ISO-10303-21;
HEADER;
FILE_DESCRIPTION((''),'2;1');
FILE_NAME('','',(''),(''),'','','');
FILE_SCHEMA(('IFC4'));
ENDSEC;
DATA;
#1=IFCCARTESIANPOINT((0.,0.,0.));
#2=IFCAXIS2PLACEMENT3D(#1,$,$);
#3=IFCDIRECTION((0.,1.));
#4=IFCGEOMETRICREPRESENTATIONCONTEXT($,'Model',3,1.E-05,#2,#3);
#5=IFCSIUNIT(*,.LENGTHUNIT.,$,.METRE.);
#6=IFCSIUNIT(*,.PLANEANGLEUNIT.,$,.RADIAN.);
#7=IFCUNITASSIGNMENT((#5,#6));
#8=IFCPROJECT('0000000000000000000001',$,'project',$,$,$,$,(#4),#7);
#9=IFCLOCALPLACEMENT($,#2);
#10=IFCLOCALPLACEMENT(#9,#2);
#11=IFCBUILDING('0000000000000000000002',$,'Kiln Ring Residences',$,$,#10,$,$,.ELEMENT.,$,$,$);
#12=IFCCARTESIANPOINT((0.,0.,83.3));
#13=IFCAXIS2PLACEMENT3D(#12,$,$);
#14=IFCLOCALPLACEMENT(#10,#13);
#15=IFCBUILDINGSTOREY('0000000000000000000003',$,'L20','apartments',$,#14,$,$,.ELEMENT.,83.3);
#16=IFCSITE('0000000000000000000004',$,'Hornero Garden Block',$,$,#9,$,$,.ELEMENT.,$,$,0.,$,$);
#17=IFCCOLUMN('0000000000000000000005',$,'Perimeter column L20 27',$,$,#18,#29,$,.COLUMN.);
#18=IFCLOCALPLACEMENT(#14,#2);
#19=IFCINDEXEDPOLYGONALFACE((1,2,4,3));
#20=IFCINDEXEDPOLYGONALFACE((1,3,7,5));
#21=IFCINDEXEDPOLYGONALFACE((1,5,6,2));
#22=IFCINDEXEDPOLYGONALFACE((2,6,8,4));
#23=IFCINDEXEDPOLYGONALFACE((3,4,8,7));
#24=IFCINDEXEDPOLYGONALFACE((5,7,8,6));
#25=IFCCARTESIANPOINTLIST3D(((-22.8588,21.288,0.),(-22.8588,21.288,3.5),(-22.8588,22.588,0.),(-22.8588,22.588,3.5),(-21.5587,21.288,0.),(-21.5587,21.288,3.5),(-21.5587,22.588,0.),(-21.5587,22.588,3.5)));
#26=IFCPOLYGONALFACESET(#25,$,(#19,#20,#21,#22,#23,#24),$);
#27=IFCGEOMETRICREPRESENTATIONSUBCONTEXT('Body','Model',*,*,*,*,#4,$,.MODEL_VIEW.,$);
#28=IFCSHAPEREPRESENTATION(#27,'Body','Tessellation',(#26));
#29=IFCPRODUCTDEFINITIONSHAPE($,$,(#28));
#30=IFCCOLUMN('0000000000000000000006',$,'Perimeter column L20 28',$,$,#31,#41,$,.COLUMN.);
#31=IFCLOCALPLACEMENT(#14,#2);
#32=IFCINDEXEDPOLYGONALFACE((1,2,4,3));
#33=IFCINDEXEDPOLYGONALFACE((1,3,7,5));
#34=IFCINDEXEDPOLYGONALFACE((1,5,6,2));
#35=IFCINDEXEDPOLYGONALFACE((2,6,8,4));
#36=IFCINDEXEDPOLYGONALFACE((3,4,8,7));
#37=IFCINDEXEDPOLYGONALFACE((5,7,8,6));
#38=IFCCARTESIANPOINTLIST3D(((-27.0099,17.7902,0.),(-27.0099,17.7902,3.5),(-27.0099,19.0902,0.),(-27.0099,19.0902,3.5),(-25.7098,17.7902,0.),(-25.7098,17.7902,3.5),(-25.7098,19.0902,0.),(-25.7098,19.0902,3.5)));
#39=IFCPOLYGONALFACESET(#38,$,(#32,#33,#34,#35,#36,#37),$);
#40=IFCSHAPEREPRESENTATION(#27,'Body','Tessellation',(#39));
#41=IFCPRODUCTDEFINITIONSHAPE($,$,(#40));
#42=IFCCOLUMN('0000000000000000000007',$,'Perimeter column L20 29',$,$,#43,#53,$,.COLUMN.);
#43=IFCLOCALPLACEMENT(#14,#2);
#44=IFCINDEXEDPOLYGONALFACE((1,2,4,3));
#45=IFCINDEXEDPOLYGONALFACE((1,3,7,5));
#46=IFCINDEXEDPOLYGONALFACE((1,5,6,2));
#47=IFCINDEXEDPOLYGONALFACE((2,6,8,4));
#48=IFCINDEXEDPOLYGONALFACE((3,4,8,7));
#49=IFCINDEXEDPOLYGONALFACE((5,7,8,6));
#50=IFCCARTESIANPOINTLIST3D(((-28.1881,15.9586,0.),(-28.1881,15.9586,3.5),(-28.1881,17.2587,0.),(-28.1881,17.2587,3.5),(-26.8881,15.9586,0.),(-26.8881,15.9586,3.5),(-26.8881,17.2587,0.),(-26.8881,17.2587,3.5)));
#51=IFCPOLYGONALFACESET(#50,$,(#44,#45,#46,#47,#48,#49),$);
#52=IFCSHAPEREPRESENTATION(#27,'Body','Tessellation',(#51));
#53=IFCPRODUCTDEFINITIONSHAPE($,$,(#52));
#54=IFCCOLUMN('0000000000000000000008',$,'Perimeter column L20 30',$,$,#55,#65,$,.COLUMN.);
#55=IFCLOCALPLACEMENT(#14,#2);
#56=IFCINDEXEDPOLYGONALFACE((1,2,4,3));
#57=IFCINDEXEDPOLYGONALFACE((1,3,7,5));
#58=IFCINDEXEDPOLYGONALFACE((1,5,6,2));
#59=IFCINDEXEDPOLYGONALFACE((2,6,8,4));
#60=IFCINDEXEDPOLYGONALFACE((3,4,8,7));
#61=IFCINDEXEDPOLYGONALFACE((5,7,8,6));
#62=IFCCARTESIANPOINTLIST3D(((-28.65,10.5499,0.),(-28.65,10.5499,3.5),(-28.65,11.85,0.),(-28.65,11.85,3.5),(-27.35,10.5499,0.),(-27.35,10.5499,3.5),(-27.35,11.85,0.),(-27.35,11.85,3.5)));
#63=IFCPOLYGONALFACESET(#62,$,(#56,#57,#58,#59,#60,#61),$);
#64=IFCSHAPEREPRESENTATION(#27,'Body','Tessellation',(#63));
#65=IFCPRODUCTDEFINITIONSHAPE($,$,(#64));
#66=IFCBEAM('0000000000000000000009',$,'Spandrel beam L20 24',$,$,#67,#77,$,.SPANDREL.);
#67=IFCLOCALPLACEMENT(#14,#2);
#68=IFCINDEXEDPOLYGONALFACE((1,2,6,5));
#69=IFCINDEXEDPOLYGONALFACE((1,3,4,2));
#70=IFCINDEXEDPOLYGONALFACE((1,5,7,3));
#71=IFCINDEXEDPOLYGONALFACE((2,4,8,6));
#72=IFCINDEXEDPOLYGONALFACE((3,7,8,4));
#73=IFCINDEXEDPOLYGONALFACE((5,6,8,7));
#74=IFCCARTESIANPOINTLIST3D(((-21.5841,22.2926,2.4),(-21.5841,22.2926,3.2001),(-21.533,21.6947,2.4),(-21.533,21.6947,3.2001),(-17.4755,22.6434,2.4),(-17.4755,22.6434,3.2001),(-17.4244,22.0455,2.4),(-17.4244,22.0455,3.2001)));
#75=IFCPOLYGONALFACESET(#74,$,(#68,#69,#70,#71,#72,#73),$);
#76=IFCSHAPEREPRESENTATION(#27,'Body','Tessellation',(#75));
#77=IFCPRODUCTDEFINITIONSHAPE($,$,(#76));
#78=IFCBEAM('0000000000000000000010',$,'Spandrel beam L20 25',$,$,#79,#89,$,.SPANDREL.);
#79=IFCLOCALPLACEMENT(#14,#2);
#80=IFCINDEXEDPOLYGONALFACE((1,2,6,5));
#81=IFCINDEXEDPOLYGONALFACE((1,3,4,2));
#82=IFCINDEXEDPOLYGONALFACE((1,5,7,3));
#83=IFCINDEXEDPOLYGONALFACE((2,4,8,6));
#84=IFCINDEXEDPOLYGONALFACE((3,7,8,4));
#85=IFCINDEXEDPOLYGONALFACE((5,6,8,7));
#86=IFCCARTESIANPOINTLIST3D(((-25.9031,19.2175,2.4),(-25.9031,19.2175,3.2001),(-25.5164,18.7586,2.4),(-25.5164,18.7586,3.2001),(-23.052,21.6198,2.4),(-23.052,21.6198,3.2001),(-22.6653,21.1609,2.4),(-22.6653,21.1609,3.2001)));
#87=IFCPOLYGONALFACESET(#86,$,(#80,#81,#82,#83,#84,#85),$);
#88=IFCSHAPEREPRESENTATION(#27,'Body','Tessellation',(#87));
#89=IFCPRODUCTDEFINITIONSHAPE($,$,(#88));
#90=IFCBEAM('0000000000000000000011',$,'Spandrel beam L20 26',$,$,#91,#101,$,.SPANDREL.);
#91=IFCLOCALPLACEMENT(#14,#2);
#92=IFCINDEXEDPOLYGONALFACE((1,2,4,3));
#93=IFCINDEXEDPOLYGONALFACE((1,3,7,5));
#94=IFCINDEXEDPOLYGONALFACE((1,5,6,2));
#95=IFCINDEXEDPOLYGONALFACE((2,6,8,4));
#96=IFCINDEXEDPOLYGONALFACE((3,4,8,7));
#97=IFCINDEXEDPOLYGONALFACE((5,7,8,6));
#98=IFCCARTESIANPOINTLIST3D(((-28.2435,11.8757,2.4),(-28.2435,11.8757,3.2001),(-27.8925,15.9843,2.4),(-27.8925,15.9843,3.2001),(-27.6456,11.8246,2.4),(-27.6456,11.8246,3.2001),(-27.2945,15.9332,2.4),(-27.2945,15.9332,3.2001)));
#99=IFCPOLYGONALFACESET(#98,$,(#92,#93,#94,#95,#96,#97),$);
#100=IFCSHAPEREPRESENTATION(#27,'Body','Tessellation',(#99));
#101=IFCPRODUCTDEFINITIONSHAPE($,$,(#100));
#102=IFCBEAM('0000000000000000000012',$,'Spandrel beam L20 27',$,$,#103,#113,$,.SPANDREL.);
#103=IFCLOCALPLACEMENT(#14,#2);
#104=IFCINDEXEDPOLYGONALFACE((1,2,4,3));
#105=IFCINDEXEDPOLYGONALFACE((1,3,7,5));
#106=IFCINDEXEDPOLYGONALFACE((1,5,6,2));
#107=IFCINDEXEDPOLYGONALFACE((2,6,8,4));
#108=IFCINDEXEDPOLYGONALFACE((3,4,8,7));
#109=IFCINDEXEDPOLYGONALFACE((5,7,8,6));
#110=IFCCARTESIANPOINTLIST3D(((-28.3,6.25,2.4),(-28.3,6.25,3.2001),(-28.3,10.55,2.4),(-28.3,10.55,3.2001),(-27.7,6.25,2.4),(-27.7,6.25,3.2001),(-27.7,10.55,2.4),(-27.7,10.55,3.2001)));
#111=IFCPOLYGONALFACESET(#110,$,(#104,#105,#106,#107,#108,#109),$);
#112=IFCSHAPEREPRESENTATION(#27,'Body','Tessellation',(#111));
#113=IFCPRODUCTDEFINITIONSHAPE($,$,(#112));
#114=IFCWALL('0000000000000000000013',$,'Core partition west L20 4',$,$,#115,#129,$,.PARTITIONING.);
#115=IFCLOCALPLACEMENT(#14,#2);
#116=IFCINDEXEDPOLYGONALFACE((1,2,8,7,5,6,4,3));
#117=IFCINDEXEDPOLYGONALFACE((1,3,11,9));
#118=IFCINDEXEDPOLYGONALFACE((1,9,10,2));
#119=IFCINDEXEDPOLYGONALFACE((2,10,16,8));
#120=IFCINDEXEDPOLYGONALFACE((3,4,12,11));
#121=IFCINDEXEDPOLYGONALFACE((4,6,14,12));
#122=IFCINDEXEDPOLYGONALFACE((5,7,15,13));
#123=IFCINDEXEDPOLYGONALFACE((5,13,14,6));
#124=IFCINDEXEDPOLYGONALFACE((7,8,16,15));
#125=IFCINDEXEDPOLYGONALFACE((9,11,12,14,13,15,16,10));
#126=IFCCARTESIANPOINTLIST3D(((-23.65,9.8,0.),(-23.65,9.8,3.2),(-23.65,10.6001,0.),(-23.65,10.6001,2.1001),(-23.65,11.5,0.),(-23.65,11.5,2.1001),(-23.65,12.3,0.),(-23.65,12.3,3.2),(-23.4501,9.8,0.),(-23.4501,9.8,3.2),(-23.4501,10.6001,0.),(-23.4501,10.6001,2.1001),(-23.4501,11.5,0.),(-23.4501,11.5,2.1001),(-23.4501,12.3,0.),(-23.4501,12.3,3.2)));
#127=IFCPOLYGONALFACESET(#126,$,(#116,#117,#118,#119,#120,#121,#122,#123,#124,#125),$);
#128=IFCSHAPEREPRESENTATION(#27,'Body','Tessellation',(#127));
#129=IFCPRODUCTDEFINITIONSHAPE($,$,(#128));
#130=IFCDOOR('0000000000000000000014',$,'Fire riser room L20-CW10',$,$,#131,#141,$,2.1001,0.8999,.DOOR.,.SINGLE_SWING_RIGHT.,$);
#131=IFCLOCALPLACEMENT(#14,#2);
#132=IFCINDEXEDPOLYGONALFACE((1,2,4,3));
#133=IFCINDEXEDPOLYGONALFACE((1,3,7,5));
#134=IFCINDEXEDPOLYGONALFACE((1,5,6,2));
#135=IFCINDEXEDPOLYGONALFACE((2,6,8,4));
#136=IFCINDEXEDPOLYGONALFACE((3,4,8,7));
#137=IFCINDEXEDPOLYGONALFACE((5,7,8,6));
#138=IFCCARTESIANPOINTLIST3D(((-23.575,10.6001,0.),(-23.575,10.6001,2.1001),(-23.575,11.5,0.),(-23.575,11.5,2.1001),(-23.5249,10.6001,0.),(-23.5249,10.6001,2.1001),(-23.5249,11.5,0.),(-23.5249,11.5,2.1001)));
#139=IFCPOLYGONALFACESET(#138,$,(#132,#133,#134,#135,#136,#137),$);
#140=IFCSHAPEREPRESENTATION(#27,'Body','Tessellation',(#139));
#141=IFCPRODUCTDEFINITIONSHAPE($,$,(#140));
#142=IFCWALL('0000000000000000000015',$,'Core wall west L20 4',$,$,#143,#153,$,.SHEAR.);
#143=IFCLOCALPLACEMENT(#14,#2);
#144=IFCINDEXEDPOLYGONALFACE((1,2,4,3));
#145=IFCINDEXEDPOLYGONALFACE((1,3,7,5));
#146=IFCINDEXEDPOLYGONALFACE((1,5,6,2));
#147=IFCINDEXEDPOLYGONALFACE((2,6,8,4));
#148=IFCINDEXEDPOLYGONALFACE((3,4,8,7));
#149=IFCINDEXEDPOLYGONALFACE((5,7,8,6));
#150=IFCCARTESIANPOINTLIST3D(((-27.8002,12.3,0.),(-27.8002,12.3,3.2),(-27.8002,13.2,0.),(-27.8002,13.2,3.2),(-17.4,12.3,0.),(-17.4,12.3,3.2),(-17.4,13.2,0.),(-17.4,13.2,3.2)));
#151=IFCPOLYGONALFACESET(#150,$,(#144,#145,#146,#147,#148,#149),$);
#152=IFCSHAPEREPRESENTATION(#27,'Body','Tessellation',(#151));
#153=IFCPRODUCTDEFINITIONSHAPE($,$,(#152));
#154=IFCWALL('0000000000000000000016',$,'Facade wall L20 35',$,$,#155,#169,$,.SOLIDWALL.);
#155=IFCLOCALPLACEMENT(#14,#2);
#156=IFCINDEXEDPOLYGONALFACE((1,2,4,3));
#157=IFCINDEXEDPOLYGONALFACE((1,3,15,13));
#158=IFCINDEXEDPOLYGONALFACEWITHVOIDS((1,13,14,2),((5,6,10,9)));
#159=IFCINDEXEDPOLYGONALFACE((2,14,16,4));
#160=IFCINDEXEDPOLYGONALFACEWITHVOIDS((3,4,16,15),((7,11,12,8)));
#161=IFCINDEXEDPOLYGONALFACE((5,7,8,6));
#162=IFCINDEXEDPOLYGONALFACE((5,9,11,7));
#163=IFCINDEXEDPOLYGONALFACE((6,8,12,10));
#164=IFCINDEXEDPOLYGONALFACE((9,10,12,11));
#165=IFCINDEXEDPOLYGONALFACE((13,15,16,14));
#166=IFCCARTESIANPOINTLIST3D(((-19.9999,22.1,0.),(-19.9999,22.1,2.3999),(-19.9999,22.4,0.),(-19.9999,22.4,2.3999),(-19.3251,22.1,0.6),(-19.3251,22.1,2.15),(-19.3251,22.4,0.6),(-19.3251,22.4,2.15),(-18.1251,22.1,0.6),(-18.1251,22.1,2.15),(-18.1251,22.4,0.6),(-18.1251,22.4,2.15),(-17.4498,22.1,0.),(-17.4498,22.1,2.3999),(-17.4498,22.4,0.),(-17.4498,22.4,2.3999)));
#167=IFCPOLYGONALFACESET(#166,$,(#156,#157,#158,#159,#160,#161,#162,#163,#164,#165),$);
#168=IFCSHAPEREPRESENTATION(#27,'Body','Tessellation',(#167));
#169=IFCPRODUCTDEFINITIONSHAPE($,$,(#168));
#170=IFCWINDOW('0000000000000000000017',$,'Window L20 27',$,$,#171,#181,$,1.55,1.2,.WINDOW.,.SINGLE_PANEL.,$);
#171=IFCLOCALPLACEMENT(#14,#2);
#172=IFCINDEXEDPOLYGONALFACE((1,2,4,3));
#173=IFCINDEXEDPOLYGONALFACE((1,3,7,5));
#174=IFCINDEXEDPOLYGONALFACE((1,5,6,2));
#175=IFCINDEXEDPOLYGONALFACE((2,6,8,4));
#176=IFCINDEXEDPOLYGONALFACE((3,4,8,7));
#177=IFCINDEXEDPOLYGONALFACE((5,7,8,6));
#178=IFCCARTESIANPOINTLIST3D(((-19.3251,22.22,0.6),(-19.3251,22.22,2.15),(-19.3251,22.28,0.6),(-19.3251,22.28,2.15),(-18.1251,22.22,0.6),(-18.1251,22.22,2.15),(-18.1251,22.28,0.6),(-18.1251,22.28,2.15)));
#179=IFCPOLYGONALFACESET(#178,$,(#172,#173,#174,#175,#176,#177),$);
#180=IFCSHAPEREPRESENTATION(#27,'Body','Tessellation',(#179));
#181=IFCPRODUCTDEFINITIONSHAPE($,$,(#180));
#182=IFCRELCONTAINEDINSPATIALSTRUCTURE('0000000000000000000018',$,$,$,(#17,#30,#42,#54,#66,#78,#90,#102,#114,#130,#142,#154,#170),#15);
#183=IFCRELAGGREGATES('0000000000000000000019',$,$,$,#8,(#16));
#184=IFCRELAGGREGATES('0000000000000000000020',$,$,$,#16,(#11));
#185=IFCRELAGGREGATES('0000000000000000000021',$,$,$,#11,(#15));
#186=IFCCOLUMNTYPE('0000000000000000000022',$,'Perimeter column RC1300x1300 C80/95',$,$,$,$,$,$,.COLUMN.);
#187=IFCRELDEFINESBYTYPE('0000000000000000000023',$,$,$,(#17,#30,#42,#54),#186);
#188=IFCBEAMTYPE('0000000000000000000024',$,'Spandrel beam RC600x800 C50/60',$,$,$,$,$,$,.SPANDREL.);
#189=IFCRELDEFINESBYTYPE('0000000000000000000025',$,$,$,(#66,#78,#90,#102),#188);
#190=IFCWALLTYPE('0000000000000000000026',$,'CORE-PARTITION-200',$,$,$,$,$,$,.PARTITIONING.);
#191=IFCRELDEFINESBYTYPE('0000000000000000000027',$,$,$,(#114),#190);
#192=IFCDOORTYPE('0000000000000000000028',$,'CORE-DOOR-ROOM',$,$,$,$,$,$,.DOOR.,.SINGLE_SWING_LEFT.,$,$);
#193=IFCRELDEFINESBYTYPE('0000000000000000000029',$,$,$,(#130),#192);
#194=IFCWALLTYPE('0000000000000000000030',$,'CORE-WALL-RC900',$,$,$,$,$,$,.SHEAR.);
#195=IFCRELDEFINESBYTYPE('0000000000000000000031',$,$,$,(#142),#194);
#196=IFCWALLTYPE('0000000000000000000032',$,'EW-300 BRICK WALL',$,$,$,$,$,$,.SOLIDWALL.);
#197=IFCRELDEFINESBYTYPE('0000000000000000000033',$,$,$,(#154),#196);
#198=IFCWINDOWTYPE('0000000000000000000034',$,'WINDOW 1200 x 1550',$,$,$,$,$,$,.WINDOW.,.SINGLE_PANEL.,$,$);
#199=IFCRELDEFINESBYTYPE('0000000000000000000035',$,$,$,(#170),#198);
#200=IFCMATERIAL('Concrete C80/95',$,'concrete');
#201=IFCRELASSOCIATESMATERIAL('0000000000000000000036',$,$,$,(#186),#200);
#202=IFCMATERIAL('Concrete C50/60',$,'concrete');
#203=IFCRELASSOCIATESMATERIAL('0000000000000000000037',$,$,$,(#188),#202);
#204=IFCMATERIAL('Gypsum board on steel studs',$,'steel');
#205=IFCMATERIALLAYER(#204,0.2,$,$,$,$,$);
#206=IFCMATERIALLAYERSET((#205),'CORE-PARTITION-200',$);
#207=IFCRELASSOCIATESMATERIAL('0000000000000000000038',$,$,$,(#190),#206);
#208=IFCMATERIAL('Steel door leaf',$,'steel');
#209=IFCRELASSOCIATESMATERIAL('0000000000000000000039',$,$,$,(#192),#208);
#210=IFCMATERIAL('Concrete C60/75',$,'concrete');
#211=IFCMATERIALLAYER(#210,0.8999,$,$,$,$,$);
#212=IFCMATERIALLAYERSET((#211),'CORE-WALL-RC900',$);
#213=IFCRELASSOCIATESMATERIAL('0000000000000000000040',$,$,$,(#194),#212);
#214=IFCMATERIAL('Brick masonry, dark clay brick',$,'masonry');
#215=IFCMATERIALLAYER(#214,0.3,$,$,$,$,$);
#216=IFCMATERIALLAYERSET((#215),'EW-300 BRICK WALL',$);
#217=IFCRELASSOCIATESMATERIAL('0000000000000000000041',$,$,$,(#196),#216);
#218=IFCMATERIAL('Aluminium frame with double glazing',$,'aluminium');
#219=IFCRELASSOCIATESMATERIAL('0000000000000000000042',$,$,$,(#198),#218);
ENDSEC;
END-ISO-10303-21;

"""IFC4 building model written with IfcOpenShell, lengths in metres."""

from ifc_helpers import new_model, si_unit, direction, frame, frame_2d, origin, origin_2d, place, context, subcontext, project, spatial, rectangle, extrude, material, layer, layer_set, material_profile, profile_set, type_object, element, fill, save


model = new_model("IFC4")

# Units and contexts
model_context = context("Model", 3, precision=1e-05, world=origin(), true_north=direction((0.0, 1.0)))
body_context = subcontext(model_context, "Body", "Model", "MODEL_VIEW")
ifc_project = project(units=[si_unit("LENGTHUNIT", "METRE"), si_unit("PLANEANGLEUNIT", "RADIAN")], contexts=[model_context])

# Site, building, storey
site_placement = place(None, origin())
site = spatial("IfcSite", under=ifc_project, at=site_placement, Name="Hornero Garden Block", CompositionType="ELEMENT", RefElevation=0.0)
building_placement = place(site_placement, origin())
building = spatial("IfcBuilding", under=site, at=building_placement, Name="Kiln Ring Residences", CompositionType="ELEMENT")
storey_placement = place(building_placement, frame((0.0, 0.0, 83.3)))
storey = spatial("IfcBuildingStorey", under=building, at=storey_placement, Name="L20", Description="apartments", CompositionType="ELEMENT", Elevation=83.3)

# Columns
ifc_material_1 = material(Name="Concrete C80/95", Category="concrete")
ifc_material_profile_1 = material_profile(ifc_material_1, rectangle(XDim=1.3, YDim=1.3, at=origin_2d()), Name="RC1300x1300")
ifc_profile_set_1 = profile_set([ifc_material_profile_1], Name="Concrete C80/95")
column_type = type_object("IfcColumnType", Name="Perimeter column RC1300x1300 C80/95", PredefinedType="COLUMN", material=ifc_profile_set_1)
for number, where, z_axis, x_axis, name in (
    (1, (-22.2087, 21.938, 0.0), (0.0, 0.0, 1.0), (1.0, 0.0, 0.0), "Perimeter column L20 27"),
    (2, (-26.3599, 18.4402, 0.0), (0.0, 0.0, 1.0), (1.0, 0.0, 0.0), "Perimeter column L20 28"),
    (3, (-27.5381, 16.6086, 0.0), (0.0, 0.0, 1.0), (1.0, 0.0, 0.0), "Perimeter column L20 29"),
    (4, (-28.0, 11.2, 0.0), (0.0, 0.0, 1.0), (1.0, 0.0, 0.0), "Perimeter column L20 30"),
):
    element("IfcColumn", number, at=place(storey_placement, frame(where, z_axis=z_axis, x_axis=x_axis)), inside=storey, type_object=column_type, Name=name, PredefinedType="COLUMN", context=body_context, shape_type="SweptSolid", body=[
        extrude(rectangle(XDim=1.3, YDim=1.3, at=origin_2d()), origin(), (0.0, 0.0, 1.0), 3.5),
    ])

# Beams
ifc_material_2 = material(Name="Concrete C50/60", Category="concrete")
ifc_material_profile_2 = material_profile(ifc_material_2, rectangle(XDim=0.6001, YDim=0.8, at=origin_2d()), Name="RC600x800")
ifc_profile_set_2 = profile_set([ifc_material_profile_2], Name="Concrete C50/60")
beam_type = type_object("IfcBeamType", Name="Spandrel beam RC600x800 C50/60", PredefinedType="SPANDREL", material=ifc_profile_set_2)
beam_1_placement = place(storey_placement, frame((-17.45, 22.3445, 2.8), z_axis=(-0.996374, -0.085079, 0.0), x_axis=(0.085079, -0.996374, 0.0)))
element("IfcBeam", 5, at=beam_1_placement, inside=storey, type_object=beam_type, Name="Spandrel beam L20 24", PredefinedType="SPANDREL", context=body_context, shape_type="SweptSolid", body=[
    extrude(rectangle(XDim=0.6001, YDim=0.8, at=origin_2d()), origin(), (0.0, 0.0, 1.0), 4.1235),
])
beam_2_placement = place(storey_placement, frame((-22.8586, 21.3904, 2.8), z_axis=(-0.764721, -0.644362, 0.0), x_axis=(0.644362, -0.764721, 0.0)))
element("IfcBeam", 6, at=beam_2_placement, inside=storey, type_object=beam_type, Name="Spandrel beam L20 25", PredefinedType="SPANDREL", context=body_context, shape_type="SweptSolid", body=[
    extrude(rectangle(XDim=0.6001, YDim=0.8, at=origin_2d()), origin(), (0.0, 0.0, 1.0), 3.7283),
])
beam_3_placement = place(storey_placement, frame((-27.5935, 15.9587, 2.8), z_axis=(-0.085137, -0.996369, 0.0), x_axis=(0.996369, -0.085137, 0.0)))
element("IfcBeam", 7, at=beam_3_placement, inside=storey, type_object=beam_type, Name="Spandrel beam L20 26", PredefinedType="SPANDREL", context=body_context, shape_type="SweptSolid", body=[
    extrude(rectangle(XDim=0.6001, YDim=0.8, at=origin_2d()), origin(), (0.0, 0.0, 1.0), 4.1235),
])
beam_4_placement = place(storey_placement, frame((-28.0, 10.55, 2.8), z_axis=(0.0, -1.0, 0.0), x_axis=(1.0, 0.0, 0.0)))
element("IfcBeam", 8, at=beam_4_placement, inside=storey, type_object=beam_type, Name="Spandrel beam L20 27", PredefinedType="SPANDREL", context=body_context, shape_type="SweptSolid", body=[
    extrude(rectangle(XDim=0.6001, YDim=0.8, at=origin_2d()), origin(), (0.0, 0.0, 1.0), 4.3),
])

# Wall, opening, door
ifc_material_3 = material(Name="Gypsum board on steel studs", Category="steel")
ifc_layer_1 = layer(ifc_material_3, 0.2)
ifc_layer_set_1 = layer_set([ifc_layer_1], Name="CORE-PARTITION-200")
wall_type_1 = type_object("IfcWallType", Name="CORE-PARTITION-200", PredefinedType="PARTITIONING", material=ifc_layer_set_1)
wall_1_placement = place(storey_placement, frame((-23.55, 9.8, 0.0), z_axis=(0.0, 0.0, 1.0), x_axis=(0.0, 1.0, 0.0)))
wall_1 = element("IfcWall", 9, at=wall_1_placement, inside=storey, type_object=wall_type_1, Name="Core partition west L20 4", PredefinedType="PARTITIONING", context=body_context, shape_type="SweptSolid", body=[
    extrude(rectangle(XDim=2.5, YDim=0.2, at=frame_2d((1.25, 0.0))), origin(), (0.0, 0.0, 1.0), 3.2),
])
opening_1_placement = place(wall_1_placement, frame((0.8, 0.0, 0.0)))
opening_1 = element("IfcOpeningElement", 10, at=opening_1_placement, cuts=wall_1, PredefinedType="OPENING", context=body_context, shape_type="SweptSolid", body=[
    extrude(rectangle(XDim=0.8999, YDim=2.1001, at=frame_2d((0.45, 1.05))), frame((0.0, 0.1099, 0.0), z_axis=(0.0, -1.0, 0.0), x_axis=(1.0, 0.0, 0.0)), (0.0, 0.0, 1.0), 0.22),
])
ifc_material_4 = material(Name="Steel door leaf", Category="steel")
door_type_1 = type_object("IfcDoorType", Name="CORE-DOOR-ROOM", OperationType="SINGLE_SWING_LEFT", PredefinedType="DOOR", material=ifc_material_4)
door_1_placement = place(opening_1_placement, origin())
door_1 = element("IfcDoor", 11, at=door_1_placement, inside=storey, type_object=door_type_1, Name="Fire riser room L20-CW10", OperationType="SINGLE_SWING_RIGHT", OverallHeight=2.1001, OverallWidth=0.8999, PredefinedType="DOOR", context=body_context, shape_type="SweptSolid", body=[
    extrude(rectangle(XDim=0.8999, YDim=2.1001, at=frame_2d((0.45, 1.05))), frame((0.0, 0.0249, 0.0), z_axis=(0.0, -1.0, 0.0), x_axis=(1.0, 0.0, 0.0)), (0.0, 0.0, 1.0), 0.05),
])
fill(opening_1, door_1)

# Wall
ifc_material_5 = material(Name="Concrete C60/75", Category="concrete")
ifc_layer_2 = layer(ifc_material_5, 0.8999)
ifc_layer_set_2 = layer_set([ifc_layer_2], Name="CORE-WALL-RC900")
wall_type_2 = type_object("IfcWallType", Name="CORE-WALL-RC900", PredefinedType="SHEAR", material=ifc_layer_set_2)
wall_2_placement = place(storey_placement, frame((-17.3999, 12.75, 0.0), z_axis=(0.0, 0.0, 1.0), x_axis=(-1.0, 0.0, 0.0)))
element("IfcWall", 12, at=wall_2_placement, inside=storey, type_object=wall_type_2, Name="Core wall west L20 4", PredefinedType="SHEAR", context=body_context, shape_type="SweptSolid", body=[
    extrude(rectangle(XDim=10.4001, YDim=0.8999, at=frame_2d((5.2002, 0.0))), origin(), (0.0, 0.0, 1.0), 3.2),
])

# Wall, opening, window
ifc_material_6 = material(Name="Brick masonry, dark clay brick", Category="masonry")
ifc_layer_3 = layer(ifc_material_6, 0.3)
ifc_layer_set_3 = layer_set([ifc_layer_3], Name="EW-300 BRICK WALL")
wall_type_3 = type_object("IfcWallType", Name="EW-300 BRICK WALL", PredefinedType="SOLIDWALL", material=ifc_layer_set_3)
wall_3_placement = place(storey_placement, frame((-17.45, 22.25, 0.0), z_axis=(0.0, 0.0, 1.0), x_axis=(-1.0, 0.0, 0.0)))
wall_3 = element("IfcWall", 13, at=wall_3_placement, inside=storey, type_object=wall_type_3, Name="Facade wall L20 35", PredefinedType="SOLIDWALL", context=body_context, shape_type="SweptSolid", body=[
    extrude(rectangle(XDim=2.55, YDim=0.3, at=frame_2d((1.2749, 0.0))), origin(), (0.0, 0.0, 1.0), 2.3999),
])
opening_2_placement = place(wall_3_placement, frame((0.675, 0.0, 0.6001)))
opening_2 = element("IfcOpeningElement", 14, at=opening_2_placement, cuts=wall_3, PredefinedType="OPENING", context=body_context, shape_type="SweptSolid", body=[
    extrude(rectangle(XDim=1.2, YDim=1.55, at=frame_2d((0.6001, 0.7749))), frame((0.0, 0.1599, 0.0), z_axis=(0.0, -1.0, 0.0), x_axis=(1.0, 0.0, 0.0)), (0.0, 0.0, 1.0), 0.3201),
])
ifc_material_7 = material(Name="Aluminium frame with double glazing", Category="aluminium")
window_type_1 = type_object("IfcWindowType", Name="WINDOW 1200 x 1550", PartitioningType="SINGLE_PANEL", PredefinedType="WINDOW", material=ifc_material_7)
window_1_placement = place(opening_2_placement, origin())
window_1 = element("IfcWindow", 15, at=window_1_placement, inside=storey, type_object=window_type_1, Name="Window L20 27", OverallHeight=1.55, OverallWidth=1.2, PartitioningType="SINGLE_PANEL", PredefinedType="WINDOW", context=body_context, shape_type="SweptSolid", body=[
    extrude(rectangle(XDim=1.2, YDim=1.55, at=frame_2d((0.6001, 0.7749))), frame((0.0, 0.03, 0.0), z_axis=(0.0, -1.0, 0.0), x_axis=(1.0, 0.0, 0.0)), (0.0, 0.0, 1.0), 0.0601),
])
fill(opening_2, window_1)

save(model, "model.ifc")
